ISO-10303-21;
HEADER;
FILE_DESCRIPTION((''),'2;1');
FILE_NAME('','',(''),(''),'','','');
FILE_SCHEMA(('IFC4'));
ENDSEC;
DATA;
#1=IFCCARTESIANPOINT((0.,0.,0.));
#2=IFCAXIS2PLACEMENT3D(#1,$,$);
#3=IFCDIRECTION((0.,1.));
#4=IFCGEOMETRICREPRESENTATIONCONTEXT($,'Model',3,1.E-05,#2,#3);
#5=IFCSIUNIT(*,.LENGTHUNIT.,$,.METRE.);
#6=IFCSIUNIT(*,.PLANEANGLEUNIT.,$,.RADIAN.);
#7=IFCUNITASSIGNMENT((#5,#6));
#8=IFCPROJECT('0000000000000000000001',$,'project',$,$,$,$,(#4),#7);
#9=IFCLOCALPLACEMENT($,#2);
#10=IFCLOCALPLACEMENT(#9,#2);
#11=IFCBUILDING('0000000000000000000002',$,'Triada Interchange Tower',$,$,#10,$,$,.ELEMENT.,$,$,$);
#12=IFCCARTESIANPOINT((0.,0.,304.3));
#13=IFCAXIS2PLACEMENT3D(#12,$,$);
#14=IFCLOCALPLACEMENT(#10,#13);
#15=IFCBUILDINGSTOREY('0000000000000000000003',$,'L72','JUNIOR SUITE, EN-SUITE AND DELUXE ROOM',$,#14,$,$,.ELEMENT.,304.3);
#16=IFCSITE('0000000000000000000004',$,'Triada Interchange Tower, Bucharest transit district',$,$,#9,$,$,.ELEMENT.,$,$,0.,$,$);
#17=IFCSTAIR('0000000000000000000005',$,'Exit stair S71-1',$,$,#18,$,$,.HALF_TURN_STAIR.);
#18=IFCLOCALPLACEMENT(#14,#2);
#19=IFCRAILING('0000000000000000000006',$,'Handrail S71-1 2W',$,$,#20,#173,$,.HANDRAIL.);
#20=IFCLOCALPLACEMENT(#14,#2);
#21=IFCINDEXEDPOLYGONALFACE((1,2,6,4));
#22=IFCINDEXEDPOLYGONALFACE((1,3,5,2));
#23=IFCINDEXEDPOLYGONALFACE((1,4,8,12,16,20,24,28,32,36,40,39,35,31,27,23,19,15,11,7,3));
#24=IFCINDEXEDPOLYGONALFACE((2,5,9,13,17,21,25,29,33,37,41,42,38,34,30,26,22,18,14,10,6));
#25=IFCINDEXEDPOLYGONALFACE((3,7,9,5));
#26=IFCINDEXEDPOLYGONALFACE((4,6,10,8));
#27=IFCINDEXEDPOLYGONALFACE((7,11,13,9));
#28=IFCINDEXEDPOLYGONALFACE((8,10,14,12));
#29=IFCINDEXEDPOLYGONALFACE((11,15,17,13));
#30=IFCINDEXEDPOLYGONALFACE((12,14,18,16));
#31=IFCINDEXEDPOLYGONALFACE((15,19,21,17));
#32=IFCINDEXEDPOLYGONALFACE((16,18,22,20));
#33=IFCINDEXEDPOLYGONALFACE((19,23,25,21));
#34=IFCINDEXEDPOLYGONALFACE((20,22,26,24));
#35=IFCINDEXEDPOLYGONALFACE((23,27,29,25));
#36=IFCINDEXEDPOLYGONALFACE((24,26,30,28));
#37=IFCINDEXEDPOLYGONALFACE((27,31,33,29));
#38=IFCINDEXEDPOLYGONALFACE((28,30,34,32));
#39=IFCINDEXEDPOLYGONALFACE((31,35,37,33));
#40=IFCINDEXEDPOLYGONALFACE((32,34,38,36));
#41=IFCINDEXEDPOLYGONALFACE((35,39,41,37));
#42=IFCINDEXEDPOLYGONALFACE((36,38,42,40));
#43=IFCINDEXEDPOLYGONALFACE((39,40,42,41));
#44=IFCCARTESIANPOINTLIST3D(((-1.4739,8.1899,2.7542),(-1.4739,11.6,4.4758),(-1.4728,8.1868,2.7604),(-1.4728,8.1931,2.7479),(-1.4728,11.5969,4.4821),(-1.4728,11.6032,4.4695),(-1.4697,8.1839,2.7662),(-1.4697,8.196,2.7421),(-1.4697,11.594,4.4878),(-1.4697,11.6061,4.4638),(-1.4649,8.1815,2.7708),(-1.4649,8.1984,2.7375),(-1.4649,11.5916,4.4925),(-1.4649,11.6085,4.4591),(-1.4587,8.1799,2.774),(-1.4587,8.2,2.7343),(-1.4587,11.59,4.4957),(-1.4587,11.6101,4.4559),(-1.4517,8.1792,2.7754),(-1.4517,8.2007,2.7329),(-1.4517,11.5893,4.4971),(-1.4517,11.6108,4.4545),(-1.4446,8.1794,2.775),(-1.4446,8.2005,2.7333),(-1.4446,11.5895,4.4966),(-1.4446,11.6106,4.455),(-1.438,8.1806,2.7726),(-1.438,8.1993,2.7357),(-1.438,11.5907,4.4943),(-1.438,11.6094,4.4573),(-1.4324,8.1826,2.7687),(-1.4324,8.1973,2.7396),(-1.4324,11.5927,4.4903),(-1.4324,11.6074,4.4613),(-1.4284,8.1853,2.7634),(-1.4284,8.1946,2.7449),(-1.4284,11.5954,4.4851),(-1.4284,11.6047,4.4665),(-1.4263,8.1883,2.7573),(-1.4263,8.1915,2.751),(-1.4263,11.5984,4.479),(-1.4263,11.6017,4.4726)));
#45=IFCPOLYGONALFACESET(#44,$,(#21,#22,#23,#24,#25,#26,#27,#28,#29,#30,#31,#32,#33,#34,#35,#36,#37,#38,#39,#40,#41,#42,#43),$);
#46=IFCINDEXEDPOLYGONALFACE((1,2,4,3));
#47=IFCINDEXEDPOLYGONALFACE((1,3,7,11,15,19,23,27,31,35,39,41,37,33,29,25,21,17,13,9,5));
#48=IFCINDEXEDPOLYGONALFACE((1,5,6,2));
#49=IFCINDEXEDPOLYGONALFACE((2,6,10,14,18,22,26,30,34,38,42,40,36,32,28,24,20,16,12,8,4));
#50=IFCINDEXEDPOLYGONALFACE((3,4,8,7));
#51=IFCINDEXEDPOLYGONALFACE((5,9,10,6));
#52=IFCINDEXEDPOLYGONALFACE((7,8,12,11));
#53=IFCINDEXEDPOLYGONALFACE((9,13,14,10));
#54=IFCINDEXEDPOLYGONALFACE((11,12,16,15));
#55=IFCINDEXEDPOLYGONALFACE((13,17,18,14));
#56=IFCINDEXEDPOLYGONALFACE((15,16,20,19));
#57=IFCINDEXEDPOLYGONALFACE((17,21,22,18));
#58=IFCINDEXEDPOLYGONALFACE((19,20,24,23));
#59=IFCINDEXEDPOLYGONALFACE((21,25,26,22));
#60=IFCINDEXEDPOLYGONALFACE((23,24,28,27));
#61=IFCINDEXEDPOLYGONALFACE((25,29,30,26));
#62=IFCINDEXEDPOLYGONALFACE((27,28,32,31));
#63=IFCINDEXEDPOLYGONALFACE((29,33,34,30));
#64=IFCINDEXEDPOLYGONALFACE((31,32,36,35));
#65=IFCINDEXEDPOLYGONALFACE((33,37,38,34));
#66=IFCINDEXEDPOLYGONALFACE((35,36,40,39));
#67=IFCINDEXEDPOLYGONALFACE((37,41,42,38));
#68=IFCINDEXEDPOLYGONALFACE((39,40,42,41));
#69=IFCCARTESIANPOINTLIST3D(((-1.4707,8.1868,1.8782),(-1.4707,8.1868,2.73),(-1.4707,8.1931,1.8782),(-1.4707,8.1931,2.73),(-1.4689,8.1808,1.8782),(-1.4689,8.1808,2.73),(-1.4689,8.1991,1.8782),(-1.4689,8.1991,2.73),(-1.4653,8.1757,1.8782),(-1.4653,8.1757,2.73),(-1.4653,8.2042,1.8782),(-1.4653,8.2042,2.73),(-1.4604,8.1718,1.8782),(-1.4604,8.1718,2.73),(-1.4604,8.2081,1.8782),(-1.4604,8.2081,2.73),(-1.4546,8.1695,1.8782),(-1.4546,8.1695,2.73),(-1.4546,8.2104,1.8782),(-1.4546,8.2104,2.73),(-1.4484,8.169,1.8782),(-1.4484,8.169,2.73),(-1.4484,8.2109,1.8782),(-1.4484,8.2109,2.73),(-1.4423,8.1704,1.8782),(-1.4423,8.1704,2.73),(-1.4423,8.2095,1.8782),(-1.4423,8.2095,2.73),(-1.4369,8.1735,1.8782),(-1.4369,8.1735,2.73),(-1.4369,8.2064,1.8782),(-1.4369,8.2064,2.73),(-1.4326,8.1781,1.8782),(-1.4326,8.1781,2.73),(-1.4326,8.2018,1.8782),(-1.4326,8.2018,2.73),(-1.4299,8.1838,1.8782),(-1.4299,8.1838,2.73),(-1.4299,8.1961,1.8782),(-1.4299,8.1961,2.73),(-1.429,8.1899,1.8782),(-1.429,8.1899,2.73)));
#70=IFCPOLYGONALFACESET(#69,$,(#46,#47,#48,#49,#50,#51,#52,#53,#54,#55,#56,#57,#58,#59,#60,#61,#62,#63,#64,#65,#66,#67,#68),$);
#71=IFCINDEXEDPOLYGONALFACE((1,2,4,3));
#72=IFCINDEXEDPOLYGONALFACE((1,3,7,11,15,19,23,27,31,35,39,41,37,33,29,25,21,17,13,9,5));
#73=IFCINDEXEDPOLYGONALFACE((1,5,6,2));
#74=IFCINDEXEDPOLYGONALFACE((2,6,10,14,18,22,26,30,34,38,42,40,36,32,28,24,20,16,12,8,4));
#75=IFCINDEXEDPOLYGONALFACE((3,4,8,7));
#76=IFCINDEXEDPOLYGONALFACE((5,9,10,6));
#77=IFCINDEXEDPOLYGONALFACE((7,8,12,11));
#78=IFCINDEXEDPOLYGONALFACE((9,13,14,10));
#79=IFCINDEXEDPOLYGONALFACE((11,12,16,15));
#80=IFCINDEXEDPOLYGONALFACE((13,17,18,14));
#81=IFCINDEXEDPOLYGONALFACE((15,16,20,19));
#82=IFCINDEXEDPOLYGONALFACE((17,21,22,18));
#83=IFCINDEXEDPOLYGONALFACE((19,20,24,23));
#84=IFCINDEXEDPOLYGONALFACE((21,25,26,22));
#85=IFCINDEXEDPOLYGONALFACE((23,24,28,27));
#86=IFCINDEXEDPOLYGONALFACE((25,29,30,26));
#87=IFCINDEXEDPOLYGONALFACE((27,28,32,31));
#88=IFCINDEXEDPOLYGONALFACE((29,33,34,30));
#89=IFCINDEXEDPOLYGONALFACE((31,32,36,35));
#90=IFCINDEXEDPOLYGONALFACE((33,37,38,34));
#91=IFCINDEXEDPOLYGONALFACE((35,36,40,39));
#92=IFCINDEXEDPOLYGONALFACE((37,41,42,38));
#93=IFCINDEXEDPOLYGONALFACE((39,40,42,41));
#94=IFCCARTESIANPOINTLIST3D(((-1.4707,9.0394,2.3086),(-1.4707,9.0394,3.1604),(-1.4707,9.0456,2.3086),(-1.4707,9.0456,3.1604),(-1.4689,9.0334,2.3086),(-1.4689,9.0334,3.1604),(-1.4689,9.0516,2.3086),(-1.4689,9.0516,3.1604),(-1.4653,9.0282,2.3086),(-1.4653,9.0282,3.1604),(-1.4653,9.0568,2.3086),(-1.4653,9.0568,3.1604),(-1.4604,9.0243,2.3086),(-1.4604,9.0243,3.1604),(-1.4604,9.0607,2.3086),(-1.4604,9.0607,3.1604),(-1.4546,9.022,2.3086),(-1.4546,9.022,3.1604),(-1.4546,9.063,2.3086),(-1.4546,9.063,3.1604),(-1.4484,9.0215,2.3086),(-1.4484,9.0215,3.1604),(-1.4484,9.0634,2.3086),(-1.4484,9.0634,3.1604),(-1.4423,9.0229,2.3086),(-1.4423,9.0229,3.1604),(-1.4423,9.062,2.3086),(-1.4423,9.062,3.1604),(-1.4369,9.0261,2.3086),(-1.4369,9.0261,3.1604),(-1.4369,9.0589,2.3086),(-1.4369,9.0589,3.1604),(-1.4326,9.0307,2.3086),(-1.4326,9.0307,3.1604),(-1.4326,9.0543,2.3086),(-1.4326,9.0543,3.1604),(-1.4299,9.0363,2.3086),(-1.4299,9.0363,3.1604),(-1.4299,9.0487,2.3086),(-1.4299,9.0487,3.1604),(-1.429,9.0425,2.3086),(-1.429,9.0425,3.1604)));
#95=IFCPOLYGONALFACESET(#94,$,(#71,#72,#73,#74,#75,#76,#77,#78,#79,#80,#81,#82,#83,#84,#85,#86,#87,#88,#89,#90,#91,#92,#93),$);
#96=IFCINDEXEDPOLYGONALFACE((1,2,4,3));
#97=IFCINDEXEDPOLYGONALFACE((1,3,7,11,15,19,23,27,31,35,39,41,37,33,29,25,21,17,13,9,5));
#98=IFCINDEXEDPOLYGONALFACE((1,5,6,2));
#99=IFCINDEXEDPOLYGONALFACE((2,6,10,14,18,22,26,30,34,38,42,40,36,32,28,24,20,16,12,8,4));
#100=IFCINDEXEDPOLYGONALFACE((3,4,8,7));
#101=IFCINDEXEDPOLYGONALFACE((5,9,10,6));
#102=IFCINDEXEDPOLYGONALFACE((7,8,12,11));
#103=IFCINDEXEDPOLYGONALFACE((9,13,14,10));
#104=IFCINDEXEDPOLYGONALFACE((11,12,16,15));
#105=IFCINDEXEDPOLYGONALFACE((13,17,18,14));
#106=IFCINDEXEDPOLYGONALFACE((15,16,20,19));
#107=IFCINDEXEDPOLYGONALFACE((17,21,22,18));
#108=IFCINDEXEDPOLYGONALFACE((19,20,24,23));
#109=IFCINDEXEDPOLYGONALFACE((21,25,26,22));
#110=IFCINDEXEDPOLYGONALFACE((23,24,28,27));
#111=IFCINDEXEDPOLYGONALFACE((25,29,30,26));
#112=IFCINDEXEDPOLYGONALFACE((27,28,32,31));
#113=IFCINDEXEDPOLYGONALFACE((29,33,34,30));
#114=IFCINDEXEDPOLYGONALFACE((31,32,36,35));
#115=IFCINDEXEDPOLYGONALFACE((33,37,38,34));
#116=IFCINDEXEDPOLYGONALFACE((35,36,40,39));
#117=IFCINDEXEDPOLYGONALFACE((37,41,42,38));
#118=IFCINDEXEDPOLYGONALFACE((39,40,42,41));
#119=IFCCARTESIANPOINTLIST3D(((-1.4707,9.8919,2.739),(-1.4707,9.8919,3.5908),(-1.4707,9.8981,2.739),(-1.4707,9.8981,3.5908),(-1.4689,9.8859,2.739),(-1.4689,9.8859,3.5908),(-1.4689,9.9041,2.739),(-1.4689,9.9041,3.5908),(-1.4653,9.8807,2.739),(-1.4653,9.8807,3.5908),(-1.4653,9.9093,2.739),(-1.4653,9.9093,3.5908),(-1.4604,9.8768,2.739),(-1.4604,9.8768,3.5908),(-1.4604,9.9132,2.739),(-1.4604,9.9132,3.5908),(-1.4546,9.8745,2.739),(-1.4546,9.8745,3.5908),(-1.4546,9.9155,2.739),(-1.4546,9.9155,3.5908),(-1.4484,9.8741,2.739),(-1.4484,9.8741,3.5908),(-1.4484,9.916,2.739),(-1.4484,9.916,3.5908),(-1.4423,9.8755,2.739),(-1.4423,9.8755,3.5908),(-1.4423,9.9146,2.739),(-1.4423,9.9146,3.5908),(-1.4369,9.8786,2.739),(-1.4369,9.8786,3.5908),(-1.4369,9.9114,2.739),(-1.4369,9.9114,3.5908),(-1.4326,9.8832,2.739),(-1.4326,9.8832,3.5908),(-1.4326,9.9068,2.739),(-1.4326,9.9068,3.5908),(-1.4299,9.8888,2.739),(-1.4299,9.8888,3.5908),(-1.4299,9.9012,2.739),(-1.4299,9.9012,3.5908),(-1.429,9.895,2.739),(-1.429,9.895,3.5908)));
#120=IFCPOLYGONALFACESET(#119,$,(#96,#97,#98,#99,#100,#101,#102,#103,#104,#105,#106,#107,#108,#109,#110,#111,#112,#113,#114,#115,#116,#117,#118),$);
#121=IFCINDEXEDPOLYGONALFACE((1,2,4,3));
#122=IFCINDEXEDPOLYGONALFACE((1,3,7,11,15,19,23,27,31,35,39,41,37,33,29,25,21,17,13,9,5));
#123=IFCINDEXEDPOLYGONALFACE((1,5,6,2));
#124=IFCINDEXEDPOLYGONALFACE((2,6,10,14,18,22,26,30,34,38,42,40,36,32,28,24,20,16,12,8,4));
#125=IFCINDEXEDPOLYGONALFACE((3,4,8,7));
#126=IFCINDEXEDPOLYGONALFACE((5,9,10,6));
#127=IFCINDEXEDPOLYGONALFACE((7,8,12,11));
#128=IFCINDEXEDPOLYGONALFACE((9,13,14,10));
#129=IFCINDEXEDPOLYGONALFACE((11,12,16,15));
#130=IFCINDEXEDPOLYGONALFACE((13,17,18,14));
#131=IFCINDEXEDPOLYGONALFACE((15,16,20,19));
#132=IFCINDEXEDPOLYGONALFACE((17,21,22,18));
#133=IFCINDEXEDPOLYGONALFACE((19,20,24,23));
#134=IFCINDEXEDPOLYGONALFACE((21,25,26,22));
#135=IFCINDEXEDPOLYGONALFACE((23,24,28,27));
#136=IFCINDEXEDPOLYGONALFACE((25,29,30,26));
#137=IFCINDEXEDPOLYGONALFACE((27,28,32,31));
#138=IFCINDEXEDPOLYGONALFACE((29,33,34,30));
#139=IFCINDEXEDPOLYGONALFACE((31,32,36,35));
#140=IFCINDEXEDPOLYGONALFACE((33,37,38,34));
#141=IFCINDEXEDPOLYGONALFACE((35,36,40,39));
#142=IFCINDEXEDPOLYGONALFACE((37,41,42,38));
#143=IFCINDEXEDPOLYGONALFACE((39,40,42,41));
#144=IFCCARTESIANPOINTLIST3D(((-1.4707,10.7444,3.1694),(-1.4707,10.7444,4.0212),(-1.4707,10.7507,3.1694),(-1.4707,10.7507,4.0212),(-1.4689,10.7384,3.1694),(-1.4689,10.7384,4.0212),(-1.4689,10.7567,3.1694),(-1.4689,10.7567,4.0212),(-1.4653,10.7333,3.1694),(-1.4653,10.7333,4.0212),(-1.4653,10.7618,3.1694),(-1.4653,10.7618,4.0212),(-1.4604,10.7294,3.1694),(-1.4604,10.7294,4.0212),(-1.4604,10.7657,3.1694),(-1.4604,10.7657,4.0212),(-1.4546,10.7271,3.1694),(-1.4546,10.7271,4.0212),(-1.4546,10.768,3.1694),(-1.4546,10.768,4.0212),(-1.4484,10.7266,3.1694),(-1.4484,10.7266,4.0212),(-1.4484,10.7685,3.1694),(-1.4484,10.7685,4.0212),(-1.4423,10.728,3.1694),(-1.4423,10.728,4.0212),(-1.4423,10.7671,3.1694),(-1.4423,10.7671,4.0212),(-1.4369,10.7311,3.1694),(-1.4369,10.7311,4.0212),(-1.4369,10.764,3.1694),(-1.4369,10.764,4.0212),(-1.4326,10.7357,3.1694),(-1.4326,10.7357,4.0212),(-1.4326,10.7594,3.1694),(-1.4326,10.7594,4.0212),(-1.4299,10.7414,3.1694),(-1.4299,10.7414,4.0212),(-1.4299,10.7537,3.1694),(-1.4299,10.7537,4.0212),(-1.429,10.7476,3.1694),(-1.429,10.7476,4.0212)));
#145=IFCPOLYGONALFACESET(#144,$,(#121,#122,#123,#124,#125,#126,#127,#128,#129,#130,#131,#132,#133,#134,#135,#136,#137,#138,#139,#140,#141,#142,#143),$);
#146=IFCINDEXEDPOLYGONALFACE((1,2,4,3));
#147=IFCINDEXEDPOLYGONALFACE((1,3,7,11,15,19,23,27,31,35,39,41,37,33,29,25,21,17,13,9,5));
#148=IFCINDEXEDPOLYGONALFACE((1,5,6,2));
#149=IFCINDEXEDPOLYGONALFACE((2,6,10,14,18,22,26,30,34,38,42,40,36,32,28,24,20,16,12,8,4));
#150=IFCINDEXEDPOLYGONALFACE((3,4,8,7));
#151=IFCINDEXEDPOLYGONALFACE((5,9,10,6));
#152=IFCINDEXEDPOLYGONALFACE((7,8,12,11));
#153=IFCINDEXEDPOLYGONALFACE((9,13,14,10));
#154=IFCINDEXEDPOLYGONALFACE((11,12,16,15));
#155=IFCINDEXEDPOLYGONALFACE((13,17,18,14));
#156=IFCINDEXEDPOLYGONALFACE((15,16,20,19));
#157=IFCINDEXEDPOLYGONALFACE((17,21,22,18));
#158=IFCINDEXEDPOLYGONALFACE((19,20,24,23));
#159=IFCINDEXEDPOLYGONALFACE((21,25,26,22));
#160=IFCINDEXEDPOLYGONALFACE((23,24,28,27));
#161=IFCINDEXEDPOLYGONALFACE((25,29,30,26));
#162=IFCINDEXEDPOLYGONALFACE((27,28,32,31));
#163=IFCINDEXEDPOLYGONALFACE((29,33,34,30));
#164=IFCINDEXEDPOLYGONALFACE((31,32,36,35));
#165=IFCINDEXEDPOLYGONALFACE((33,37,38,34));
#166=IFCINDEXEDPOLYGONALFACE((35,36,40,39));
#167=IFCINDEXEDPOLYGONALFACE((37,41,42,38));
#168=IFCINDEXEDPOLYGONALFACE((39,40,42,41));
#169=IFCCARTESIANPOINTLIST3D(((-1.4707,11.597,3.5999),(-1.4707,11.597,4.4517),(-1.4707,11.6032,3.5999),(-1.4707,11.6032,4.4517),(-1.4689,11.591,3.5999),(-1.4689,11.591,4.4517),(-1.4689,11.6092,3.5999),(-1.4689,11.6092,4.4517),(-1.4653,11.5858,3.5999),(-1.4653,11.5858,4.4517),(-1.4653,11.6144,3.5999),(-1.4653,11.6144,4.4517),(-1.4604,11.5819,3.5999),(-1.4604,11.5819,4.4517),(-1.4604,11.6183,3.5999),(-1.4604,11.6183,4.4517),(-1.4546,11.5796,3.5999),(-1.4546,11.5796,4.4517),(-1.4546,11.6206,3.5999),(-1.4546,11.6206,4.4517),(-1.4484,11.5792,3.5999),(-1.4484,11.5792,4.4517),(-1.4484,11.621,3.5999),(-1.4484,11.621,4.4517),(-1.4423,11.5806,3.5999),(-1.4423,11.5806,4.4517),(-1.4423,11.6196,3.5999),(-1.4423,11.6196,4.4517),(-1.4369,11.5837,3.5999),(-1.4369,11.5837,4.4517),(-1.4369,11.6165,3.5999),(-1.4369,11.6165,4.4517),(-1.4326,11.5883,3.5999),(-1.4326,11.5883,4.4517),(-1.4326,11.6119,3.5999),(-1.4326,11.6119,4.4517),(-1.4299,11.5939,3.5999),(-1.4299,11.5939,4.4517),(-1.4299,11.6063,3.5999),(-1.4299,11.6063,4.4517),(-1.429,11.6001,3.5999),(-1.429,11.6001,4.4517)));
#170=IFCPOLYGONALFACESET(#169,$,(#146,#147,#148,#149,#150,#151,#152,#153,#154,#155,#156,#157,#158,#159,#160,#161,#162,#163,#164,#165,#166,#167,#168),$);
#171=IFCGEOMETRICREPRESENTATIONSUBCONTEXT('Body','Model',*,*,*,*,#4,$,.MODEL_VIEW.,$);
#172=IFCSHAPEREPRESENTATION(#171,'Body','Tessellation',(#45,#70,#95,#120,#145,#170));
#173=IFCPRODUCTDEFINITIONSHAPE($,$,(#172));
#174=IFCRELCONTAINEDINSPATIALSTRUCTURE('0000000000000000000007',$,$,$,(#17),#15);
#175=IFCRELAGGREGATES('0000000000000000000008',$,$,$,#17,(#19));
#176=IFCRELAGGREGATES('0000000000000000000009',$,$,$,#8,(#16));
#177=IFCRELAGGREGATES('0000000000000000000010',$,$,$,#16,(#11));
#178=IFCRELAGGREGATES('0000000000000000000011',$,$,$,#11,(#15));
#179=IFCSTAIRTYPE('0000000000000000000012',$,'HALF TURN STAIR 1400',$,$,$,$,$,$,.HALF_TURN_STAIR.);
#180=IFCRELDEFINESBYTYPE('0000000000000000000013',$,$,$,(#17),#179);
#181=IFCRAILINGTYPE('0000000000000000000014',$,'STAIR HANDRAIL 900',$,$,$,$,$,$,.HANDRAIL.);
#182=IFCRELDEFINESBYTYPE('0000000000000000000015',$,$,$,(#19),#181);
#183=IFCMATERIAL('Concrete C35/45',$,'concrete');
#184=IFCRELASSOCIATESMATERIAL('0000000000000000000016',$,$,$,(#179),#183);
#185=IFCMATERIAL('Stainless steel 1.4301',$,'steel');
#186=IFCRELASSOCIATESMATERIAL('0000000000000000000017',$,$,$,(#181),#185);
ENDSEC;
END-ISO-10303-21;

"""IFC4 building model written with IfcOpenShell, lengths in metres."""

from ifc_helpers import new_model, si_unit, direction, frame, origin, origin_2d, place, context, subcontext, project, spatial, circle, extrude, material, type_object, element, aggregate, save


model = new_model("IFC4")

# Units and contexts
model_context = context("Model", 3, precision=1e-05, world=origin(), true_north=direction((0.0, 1.0)))
body_context = subcontext(model_context, "Body", "Model", "MODEL_VIEW")
ifc_project = project(units=[si_unit("LENGTHUNIT", "METRE"), si_unit("PLANEANGLEUNIT", "RADIAN")], contexts=[model_context])

# Site, building, storey
site_placement = place(None, origin())
site = spatial("IfcSite", under=ifc_project, at=site_placement, Name="Triada Interchange Tower, Bucharest transit district", CompositionType="ELEMENT", RefElevation=0.0)
building_placement = place(site_placement, origin())
building = spatial("IfcBuilding", under=site, at=building_placement, Name="Triada Interchange Tower", CompositionType="ELEMENT")
storey_placement = place(building_placement, frame((0.0, 0.0, 304.3)))
storey = spatial("IfcBuildingStorey", under=building, at=storey_placement, Name="L72", Description="JUNIOR SUITE, EN-SUITE AND DELUXE ROOM", CompositionType="ELEMENT", Elevation=304.3)

# Stair
ifc_material_1 = material(Name="Concrete C35/45", Category="concrete")
stair_type = type_object("IfcStairType", Name="HALF TURN STAIR 1400", PredefinedType="HALF_TURN_STAIR", material=ifc_material_1)
stair_placement = place(storey_placement, origin())
stair = element("IfcStair", 1, at=stair_placement, inside=storey, type_object=stair_type, Name="Exit stair S71-1", PredefinedType="HALF_TURN_STAIR")

# Railing
ifc_material_2 = material(Name="Stainless steel 1.4301", Category="steel")
railing_type = type_object("IfcRailingType", Name="STAIR HANDRAIL 900", PredefinedType="HANDRAIL", material=ifc_material_2)
railing_1_placement = place(storey_placement, frame((-1.45, 8.1899, 1.8782)))
railing_1 = element("IfcRailing", 2, at=railing_1_placement, type_object=railing_type, Name="Handrail S71-1 2W", PredefinedType="HANDRAIL", context=body_context, shape_type="SweptSolid", body=[
    extrude(circle(Radius=0.0239, at=origin_2d()), frame((0.0, 0.0, 0.876), z_axis=(0.0, 0.892682, 0.450687), x_axis=(-1.0, 0.0, 0.0)), (0.0, 0.0, 1.0), 3.8201),
    extrude(circle(Radius=0.021, at=origin_2d()), origin(), (0.0, 0.0, 1.0), 0.8518),
    extrude(circle(Radius=0.021, at=origin_2d()), frame((0.0, 0.8525, 0.4304)), (0.0, 0.0, 1.0), 0.8518),
    extrude(circle(Radius=0.021, at=origin_2d()), frame((0.0, 1.7051, 0.8608)), (0.0, 0.0, 1.0), 0.8518),
    extrude(circle(Radius=0.021, at=origin_2d()), frame((0.0, 2.5576, 1.2913)), (0.0, 0.0, 1.0), 0.8518),
    extrude(circle(Radius=0.021, at=origin_2d()), frame((0.0, 3.4102, 1.7217)), (0.0, 0.0, 1.0), 0.8518),
])
aggregate(stair, [railing_1])

save(model, "model.ifc")
